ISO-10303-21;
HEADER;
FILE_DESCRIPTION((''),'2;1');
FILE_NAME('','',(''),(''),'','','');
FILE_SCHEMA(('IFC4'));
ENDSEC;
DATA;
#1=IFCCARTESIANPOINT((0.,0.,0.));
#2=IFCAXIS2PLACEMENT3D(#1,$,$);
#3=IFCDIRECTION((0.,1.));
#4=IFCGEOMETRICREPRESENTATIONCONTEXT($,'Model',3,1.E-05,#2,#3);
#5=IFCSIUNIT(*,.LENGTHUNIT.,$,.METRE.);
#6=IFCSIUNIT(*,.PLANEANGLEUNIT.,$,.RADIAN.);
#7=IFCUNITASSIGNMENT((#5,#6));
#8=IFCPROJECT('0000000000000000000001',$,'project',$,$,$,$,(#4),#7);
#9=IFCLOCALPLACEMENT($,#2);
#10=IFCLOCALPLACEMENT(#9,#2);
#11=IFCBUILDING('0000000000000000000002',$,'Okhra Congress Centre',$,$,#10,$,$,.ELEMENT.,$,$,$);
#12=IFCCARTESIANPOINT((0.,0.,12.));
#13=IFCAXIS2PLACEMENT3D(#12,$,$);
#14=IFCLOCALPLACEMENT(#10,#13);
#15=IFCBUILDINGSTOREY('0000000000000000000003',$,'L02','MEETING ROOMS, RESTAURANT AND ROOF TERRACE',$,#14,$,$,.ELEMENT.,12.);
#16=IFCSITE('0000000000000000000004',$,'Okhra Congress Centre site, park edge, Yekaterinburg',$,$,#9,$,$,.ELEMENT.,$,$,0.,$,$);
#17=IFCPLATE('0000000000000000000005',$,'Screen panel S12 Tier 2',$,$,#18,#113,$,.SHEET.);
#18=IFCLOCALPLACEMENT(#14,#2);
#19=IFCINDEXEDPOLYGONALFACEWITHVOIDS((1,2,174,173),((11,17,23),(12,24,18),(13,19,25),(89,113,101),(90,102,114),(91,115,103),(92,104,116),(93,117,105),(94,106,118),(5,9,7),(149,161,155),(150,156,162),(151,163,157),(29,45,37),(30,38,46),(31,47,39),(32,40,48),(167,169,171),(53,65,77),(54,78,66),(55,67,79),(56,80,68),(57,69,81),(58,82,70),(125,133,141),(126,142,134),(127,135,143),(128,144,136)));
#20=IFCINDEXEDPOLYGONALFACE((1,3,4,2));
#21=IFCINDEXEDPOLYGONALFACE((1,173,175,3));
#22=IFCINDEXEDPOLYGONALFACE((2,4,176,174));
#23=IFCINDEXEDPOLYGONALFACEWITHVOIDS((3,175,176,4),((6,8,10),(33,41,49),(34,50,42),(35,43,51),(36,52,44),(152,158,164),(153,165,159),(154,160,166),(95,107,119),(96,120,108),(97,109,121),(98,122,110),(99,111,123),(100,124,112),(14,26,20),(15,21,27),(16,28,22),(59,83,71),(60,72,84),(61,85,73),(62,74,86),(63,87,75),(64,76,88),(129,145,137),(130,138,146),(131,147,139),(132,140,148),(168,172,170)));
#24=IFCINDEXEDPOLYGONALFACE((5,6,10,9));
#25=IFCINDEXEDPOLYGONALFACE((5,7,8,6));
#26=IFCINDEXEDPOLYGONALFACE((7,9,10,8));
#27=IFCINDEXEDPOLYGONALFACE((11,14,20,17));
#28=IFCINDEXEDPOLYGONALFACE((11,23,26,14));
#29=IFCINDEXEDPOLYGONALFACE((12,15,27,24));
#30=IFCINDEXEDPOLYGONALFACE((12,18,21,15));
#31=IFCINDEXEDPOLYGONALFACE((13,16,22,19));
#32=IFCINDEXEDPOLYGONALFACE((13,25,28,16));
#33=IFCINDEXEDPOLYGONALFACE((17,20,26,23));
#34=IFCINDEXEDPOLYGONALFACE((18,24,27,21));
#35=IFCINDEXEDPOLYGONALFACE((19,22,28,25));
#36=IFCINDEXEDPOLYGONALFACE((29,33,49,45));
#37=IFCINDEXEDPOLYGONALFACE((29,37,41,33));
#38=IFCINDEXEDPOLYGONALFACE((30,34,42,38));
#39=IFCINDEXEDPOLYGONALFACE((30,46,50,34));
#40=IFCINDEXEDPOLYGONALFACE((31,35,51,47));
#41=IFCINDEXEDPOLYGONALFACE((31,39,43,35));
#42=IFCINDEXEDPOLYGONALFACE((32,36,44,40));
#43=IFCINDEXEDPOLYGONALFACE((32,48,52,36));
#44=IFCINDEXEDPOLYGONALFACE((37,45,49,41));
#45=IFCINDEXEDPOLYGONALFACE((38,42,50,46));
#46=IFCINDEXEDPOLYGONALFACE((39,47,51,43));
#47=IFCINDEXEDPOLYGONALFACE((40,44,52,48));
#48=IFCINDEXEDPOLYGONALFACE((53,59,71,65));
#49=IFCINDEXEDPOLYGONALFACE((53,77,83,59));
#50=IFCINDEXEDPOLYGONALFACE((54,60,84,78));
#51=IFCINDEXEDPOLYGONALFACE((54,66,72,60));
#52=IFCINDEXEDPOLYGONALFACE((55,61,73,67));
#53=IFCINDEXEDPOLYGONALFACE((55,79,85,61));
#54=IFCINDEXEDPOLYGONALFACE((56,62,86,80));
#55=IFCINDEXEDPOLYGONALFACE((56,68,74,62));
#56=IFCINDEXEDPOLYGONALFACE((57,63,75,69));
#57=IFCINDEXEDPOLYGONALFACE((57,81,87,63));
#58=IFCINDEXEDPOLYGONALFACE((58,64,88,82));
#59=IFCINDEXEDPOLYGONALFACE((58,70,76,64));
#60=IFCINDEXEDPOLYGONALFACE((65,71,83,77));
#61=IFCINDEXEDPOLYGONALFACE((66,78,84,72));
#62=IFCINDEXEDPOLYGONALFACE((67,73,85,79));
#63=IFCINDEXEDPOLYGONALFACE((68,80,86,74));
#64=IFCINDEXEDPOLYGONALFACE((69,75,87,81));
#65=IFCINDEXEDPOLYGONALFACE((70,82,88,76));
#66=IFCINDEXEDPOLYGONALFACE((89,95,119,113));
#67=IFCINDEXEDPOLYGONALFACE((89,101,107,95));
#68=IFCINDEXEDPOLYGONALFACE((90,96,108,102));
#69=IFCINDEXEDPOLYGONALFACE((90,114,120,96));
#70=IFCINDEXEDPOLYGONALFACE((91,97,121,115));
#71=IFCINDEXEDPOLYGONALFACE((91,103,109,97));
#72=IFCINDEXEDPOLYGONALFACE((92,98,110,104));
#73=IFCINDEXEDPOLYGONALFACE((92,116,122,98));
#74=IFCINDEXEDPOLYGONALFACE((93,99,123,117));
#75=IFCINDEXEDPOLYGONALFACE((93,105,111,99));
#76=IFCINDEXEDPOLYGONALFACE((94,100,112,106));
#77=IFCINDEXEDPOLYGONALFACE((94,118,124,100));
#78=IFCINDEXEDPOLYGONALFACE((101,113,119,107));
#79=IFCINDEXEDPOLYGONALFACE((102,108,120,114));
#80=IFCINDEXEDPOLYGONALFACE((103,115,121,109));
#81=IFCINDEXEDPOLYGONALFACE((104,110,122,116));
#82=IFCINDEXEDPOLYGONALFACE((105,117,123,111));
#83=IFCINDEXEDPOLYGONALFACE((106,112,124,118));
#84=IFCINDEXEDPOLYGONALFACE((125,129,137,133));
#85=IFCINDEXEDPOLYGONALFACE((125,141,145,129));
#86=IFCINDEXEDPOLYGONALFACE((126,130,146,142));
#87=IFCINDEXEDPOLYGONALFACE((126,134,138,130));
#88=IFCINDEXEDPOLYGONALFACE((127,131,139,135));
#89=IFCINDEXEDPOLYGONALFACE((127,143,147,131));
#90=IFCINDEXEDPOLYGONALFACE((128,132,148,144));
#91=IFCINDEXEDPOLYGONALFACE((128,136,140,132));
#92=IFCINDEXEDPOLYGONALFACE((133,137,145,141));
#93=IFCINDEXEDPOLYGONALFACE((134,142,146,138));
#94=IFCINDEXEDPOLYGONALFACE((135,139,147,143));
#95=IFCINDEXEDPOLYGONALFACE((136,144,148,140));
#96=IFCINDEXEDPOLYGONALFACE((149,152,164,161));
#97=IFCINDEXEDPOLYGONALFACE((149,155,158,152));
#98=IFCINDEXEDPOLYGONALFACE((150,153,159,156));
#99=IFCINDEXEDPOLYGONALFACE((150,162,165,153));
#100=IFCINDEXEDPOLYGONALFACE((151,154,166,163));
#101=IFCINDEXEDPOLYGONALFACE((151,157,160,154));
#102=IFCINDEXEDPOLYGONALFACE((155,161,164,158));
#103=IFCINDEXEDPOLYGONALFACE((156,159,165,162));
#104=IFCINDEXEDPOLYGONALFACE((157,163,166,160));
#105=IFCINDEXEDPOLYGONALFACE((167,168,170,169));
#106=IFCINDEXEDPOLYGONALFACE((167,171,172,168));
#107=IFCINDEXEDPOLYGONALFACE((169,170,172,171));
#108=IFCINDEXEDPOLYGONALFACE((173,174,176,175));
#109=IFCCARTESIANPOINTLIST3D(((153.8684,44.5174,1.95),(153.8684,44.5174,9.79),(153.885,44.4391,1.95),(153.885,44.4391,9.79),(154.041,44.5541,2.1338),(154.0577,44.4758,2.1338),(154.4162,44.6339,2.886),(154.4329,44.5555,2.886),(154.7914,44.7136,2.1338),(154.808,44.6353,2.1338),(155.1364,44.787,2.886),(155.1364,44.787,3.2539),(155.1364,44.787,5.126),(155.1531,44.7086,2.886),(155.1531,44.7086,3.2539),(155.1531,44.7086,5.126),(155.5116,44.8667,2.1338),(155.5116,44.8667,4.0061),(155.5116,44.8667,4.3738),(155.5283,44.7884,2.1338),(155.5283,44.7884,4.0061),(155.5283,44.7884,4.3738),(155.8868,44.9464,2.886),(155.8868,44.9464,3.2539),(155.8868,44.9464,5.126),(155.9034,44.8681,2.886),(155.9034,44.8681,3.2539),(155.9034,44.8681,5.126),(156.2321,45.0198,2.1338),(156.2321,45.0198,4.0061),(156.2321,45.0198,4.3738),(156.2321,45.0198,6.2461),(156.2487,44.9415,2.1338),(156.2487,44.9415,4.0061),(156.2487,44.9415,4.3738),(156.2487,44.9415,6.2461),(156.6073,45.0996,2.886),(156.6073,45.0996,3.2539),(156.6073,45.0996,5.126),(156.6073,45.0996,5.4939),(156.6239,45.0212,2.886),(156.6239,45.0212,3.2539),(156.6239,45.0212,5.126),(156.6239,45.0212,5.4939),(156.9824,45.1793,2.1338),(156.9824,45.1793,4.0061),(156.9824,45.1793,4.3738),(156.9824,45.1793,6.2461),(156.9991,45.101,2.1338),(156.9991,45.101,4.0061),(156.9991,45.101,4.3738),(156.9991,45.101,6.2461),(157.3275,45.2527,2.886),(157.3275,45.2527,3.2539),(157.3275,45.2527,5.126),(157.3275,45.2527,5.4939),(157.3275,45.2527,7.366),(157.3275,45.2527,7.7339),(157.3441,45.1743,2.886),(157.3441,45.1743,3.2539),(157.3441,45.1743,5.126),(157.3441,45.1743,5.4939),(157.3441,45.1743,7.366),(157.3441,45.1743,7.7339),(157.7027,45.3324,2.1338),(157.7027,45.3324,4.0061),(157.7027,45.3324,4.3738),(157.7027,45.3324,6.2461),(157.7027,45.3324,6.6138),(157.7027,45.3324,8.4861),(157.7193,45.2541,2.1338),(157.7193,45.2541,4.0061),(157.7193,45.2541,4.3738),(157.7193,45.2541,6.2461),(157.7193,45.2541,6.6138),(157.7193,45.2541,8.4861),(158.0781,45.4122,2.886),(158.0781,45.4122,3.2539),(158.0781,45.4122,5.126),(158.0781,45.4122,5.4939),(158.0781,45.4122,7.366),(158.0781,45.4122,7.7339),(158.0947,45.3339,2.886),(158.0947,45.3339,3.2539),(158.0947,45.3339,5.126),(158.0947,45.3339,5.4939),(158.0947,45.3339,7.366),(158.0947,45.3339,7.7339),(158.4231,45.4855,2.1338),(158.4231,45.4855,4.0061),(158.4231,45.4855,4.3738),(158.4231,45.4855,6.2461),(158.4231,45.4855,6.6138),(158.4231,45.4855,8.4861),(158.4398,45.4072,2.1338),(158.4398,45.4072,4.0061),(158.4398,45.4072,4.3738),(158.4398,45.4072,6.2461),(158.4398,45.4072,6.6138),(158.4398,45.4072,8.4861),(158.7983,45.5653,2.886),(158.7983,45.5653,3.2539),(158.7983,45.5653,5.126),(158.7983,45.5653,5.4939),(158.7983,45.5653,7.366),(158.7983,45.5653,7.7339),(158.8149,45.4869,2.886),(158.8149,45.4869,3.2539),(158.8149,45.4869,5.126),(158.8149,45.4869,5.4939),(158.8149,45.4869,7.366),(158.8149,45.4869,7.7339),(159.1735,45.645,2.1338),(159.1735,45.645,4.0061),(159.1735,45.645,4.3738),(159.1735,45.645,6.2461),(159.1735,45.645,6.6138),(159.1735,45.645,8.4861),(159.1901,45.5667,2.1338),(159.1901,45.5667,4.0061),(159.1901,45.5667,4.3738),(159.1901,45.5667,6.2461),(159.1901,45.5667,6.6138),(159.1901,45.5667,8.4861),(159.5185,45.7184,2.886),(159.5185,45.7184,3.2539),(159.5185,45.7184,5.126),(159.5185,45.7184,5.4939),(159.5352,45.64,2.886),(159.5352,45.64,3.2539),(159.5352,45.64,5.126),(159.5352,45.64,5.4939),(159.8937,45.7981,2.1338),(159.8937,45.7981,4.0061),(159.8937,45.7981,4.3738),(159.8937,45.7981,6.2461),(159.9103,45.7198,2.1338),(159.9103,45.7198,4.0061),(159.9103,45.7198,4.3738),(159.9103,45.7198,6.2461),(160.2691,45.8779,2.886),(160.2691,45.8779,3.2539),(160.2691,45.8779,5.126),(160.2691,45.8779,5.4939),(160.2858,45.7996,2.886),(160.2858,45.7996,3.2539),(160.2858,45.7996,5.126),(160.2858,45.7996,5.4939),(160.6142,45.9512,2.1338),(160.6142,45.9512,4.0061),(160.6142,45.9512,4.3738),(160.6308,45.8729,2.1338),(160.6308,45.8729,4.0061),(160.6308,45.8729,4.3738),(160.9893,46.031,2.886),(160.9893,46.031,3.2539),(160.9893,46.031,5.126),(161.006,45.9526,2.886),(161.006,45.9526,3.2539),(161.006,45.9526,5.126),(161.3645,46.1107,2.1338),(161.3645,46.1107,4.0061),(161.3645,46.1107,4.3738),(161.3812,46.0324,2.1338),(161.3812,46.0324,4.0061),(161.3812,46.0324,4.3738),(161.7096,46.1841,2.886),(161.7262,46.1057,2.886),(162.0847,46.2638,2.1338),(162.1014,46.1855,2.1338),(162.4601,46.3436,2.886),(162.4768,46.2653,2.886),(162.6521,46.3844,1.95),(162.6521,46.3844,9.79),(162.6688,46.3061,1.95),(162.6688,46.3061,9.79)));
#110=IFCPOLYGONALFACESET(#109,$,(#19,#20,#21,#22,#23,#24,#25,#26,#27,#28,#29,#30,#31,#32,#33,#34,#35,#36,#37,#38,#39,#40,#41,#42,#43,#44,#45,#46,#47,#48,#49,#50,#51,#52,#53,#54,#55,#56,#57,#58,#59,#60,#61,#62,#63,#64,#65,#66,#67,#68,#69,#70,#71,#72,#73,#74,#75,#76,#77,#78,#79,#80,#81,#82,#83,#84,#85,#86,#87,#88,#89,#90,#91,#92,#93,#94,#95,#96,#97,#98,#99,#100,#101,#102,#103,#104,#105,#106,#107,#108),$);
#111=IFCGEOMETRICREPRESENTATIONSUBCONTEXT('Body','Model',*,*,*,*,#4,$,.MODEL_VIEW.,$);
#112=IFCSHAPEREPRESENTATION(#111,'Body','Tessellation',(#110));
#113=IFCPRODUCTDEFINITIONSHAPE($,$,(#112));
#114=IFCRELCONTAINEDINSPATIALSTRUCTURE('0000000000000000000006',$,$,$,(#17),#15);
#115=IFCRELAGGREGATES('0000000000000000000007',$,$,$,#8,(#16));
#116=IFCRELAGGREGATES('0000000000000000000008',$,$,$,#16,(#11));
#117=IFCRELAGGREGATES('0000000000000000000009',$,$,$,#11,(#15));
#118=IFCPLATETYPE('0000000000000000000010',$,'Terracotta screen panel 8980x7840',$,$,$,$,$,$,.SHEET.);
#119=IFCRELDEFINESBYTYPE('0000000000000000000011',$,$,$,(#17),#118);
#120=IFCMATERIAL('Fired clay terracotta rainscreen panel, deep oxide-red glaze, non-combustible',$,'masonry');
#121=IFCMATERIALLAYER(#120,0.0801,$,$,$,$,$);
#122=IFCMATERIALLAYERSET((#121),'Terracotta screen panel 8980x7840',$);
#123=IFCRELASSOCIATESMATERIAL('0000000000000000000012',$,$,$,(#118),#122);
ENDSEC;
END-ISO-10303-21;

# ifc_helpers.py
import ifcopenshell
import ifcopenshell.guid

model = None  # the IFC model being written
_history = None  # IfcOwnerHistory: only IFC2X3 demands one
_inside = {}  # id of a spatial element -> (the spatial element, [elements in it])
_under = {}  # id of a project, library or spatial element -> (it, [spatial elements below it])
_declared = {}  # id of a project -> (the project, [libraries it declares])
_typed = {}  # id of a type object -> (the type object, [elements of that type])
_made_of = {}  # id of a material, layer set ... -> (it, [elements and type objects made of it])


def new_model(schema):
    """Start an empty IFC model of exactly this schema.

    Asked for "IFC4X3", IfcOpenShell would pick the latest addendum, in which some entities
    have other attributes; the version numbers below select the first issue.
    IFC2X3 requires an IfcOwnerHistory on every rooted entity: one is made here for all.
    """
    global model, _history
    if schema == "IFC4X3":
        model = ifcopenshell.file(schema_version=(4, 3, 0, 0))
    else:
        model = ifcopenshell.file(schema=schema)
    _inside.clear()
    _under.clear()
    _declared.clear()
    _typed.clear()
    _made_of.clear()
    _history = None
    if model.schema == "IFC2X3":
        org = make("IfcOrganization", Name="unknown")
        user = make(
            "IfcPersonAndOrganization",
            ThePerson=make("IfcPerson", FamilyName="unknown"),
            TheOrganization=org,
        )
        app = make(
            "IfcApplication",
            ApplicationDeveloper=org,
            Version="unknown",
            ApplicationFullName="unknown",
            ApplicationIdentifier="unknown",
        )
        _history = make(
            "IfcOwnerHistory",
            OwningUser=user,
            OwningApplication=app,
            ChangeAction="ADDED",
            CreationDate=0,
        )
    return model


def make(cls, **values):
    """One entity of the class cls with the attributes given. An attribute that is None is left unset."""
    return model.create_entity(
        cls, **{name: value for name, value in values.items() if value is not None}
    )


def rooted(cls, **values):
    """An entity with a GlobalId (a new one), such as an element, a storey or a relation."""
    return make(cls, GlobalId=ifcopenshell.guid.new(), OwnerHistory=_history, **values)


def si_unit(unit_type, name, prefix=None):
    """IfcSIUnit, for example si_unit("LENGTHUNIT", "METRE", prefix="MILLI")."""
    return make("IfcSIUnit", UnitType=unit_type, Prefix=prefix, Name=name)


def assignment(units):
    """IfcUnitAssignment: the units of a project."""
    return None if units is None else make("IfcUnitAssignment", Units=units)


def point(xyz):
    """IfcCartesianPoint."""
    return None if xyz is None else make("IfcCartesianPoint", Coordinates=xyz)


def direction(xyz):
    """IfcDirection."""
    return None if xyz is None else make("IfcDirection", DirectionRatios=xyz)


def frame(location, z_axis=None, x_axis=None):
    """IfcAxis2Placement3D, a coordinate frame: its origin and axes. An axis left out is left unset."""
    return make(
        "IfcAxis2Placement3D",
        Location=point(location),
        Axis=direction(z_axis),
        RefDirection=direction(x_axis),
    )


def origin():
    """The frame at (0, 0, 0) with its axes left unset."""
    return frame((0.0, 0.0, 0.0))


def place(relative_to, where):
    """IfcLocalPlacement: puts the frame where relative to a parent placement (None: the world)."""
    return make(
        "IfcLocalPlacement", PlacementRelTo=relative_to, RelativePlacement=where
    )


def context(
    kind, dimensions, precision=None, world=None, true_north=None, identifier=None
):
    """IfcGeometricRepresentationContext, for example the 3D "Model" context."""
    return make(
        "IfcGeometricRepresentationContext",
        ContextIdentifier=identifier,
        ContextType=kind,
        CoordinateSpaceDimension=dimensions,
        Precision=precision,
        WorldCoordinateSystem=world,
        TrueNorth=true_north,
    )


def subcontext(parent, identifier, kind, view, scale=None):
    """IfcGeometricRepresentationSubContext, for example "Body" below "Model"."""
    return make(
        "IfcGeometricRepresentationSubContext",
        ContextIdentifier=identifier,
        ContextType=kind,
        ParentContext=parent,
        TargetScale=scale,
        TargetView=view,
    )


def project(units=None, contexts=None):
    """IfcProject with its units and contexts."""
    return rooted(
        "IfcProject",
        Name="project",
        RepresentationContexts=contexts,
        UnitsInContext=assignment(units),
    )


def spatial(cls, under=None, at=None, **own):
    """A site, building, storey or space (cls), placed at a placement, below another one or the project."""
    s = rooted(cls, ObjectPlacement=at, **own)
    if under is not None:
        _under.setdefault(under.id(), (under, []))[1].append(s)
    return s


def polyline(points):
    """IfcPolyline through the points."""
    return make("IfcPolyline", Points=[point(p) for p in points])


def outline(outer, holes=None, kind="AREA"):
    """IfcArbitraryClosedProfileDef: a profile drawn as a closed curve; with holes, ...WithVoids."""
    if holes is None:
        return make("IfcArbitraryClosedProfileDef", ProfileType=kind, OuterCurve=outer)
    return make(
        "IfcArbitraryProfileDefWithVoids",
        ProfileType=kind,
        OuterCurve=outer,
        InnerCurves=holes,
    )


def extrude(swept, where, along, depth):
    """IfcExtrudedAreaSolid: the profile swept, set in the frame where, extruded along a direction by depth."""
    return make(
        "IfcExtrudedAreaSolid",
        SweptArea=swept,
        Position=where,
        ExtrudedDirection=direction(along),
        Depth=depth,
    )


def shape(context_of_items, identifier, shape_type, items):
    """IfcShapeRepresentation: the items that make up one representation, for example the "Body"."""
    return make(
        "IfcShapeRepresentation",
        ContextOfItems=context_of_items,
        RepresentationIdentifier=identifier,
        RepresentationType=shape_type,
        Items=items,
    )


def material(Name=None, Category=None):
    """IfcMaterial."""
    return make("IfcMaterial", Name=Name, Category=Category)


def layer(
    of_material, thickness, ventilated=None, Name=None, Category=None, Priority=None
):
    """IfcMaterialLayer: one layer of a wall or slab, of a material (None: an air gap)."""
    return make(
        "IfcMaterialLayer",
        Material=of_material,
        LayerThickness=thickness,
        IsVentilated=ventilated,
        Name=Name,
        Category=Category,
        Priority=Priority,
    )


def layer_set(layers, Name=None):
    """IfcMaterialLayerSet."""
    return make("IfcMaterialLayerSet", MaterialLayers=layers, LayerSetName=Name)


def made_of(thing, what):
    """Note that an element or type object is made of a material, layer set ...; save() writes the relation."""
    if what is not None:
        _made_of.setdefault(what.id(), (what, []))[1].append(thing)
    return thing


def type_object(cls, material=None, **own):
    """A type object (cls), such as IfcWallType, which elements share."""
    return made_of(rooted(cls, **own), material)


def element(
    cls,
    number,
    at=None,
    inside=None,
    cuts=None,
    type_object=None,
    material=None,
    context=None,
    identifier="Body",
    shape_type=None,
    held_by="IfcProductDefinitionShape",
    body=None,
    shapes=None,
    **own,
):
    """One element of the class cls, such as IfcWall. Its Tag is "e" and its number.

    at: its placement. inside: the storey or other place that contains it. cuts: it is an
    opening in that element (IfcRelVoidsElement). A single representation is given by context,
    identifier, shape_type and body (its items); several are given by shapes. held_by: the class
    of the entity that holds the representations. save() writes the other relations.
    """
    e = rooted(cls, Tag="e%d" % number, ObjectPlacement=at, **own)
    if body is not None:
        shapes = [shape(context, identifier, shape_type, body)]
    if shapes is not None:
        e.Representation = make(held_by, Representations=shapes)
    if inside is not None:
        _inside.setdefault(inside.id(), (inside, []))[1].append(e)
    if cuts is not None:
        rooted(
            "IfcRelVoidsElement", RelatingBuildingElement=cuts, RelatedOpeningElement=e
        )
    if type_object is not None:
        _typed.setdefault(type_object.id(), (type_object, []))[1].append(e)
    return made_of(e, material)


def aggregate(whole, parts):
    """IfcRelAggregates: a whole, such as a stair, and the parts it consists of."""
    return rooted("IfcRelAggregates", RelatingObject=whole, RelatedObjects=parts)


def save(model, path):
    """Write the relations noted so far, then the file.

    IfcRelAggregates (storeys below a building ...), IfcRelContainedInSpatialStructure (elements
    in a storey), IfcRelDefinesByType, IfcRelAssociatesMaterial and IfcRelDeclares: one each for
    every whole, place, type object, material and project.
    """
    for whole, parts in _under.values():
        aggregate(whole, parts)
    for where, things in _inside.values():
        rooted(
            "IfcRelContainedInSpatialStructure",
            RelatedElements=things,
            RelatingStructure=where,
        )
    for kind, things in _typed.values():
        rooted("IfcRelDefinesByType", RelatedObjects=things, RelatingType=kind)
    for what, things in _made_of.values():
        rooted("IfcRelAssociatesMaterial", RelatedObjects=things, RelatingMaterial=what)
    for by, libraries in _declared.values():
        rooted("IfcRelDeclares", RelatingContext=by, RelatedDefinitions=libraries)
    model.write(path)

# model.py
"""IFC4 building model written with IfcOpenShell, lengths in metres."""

from ifc_helpers import new_model, si_unit, direction, frame, origin, place, context, subcontext, project, spatial, polyline, outline, extrude, material, layer, layer_set, type_object, element, save


model = new_model("IFC4")

# Units and contexts
model_context = context("Model", 3, precision=1e-05, world=origin(), true_north=direction((0.0, 1.0)))
body_context = subcontext(model_context, "Body", "Model", "MODEL_VIEW")
ifc_project = project(units=[si_unit("LENGTHUNIT", "METRE"), si_unit("PLANEANGLEUNIT", "RADIAN")], contexts=[model_context])

# Site, building, storey
site_placement = place(None, origin())
site = spatial("IfcSite", under=ifc_project, at=site_placement, Name="Okhra Congress Centre site, park edge, Yekaterinburg", CompositionType="ELEMENT", RefElevation=0.0)
building_placement = place(site_placement, origin())
building = spatial("IfcBuilding", under=site, at=building_placement, Name="Okhra Congress Centre", CompositionType="ELEMENT")
storey_placement = place(building_placement, frame((0.0, 0.0, 12.0)))
storey = spatial("IfcBuildingStorey", under=building, at=storey_placement, Name="L02", Description="MEETING ROOMS, RESTAURANT AND ROOF TERRACE", CompositionType="ELEMENT", Elevation=12.0)

# Plate
ifc_material_1 = material(Name="Fired clay terracotta rainscreen panel, deep oxide-red glaze, non-combustible", Category="masonry")
ifc_layer_1 = layer(ifc_material_1, 0.0801)
ifc_layer_set_1 = layer_set([ifc_layer_1], Name="Terracotta screen panel 8980x7840")
plate_type = type_object("IfcPlateType", Name="Terracotta screen panel 8980x7840", PredefinedType="SHEET", material=ifc_layer_set_1)
plate_1_placement = place(storey_placement, frame((153.8767, 44.4783, 1.95), z_axis=(0.0, 0.0, 1.0), x_axis=(0.97815, 0.207902, 0.0)))
element("IfcPlate", 1, at=plate_1_placement, inside=storey, type_object=plate_type, Name="Screen panel S12 Tier 2", PredefinedType="SHEET", context=body_context, shape_type="SweptSolid", body=[
    extrude(outline(polyline([(0.0, 0.0), (8.98, 0.0), (8.98, 7.8401), (0.0, 7.8401), (0.0, 0.0)]), holes=[polyline([(0.1765, 0.1838), (0.9436, 0.1838), (0.5601, 0.936), (0.1765, 0.1838)]), polyline([(1.2964, 0.936), (1.6799, 0.1838), (2.0635, 0.936), (1.2964, 0.936)]), polyline([(2.4165, 0.1838), (3.1836, 0.1838), (2.8, 0.936), (2.4165, 0.1838)]), polyline([(3.5364, 0.936), (3.9199, 0.1838), (4.3037, 0.936), (3.5364, 0.936)]), polyline([(4.6565, 0.1838), (5.4236, 0.1838), (5.04, 0.936), (4.6565, 0.1838)]), polyline([(5.7764, 0.936), (6.1599, 0.1838), (6.5437, 0.936), (5.7764, 0.936)]), polyline([(6.8965, 0.1838), (7.6636, 0.1838), (7.28, 0.936), (6.8965, 0.1838)]), polyline([(8.0164, 0.936), (8.3999, 0.1838), (8.7837, 0.936), (8.0164, 0.936)]), polyline([(1.2964, 1.304), (2.0635, 1.304), (1.6799, 2.0562), (1.2964, 1.304)]), polyline([(2.4165, 2.0562), (2.8, 1.304), (3.1836, 2.0562), (2.4165, 2.0562)]), polyline([(3.5364, 1.304), (4.3037, 1.304), (3.9199, 2.0562), (3.5364, 1.304)]), polyline([(4.6565, 2.0562), (5.04, 1.304), (5.4236, 2.0562), (4.6565, 2.0562)]), polyline([(5.7764, 1.304), (6.5437, 1.304), (6.1599, 2.0562), (5.7764, 1.304)]), polyline([(6.8965, 2.0562), (7.28, 1.304), (7.6636, 2.0562), (6.8965, 2.0562)]), polyline([(1.2964, 3.176), (1.6799, 2.4238), (2.0635, 3.176), (1.2964, 3.176)]), polyline([(2.4165, 2.4238), (3.1836, 2.4238), (2.8, 3.176), (2.4165, 2.4238)]), polyline([(3.5364, 3.176), (3.9199, 2.4238), (4.3037, 3.176), (3.5364, 3.176)]), polyline([(4.6565, 2.4238), (5.4236, 2.4238), (5.04, 3.176), (4.6565, 2.4238)]), polyline([(5.7764, 3.176), (6.1599, 2.4238), (6.5437, 3.176), (5.7764, 3.176)]), polyline([(6.8965, 2.4238), (7.6636, 2.4238), (7.28, 3.176), (6.8965, 2.4238)]), polyline([(2.4165, 4.2961), (2.8, 3.5439), (3.1836, 4.2961), (2.4165, 4.2961)]), polyline([(3.5364, 3.5439), (4.3037, 3.5439), (3.9199, 4.2961), (3.5364, 3.5439)]), polyline([(4.6565, 4.2961), (5.04, 3.5439), (5.4236, 4.2961), (4.6565, 4.2961)]), polyline([(5.7764, 3.5439), (6.5437, 3.5439), (6.1599, 4.2961), (5.7764, 3.5439)]), polyline([(3.5364, 5.416), (3.9199, 4.6638), (4.3037, 5.416), (3.5364, 5.416)]), polyline([(4.6565, 4.6638), (5.4236, 4.6638), (5.04, 5.416), (4.6565, 4.6638)]), polyline([(3.5364, 5.7839), (4.3037, 5.7839), (3.9199, 6.5361), (3.5364, 5.7839)]), polyline([(4.6565, 6.5361), (5.04, 5.7839), (5.4236, 6.5361), (4.6565, 6.5361)])]), frame((0.0, 0.04, 0.0), z_axis=(0.0, -1.0, 0.0), x_axis=(1.0, 0.0, 0.0)), (0.0, 0.0, 1.0), 0.0801),
])

save(model, "model.ifc")
